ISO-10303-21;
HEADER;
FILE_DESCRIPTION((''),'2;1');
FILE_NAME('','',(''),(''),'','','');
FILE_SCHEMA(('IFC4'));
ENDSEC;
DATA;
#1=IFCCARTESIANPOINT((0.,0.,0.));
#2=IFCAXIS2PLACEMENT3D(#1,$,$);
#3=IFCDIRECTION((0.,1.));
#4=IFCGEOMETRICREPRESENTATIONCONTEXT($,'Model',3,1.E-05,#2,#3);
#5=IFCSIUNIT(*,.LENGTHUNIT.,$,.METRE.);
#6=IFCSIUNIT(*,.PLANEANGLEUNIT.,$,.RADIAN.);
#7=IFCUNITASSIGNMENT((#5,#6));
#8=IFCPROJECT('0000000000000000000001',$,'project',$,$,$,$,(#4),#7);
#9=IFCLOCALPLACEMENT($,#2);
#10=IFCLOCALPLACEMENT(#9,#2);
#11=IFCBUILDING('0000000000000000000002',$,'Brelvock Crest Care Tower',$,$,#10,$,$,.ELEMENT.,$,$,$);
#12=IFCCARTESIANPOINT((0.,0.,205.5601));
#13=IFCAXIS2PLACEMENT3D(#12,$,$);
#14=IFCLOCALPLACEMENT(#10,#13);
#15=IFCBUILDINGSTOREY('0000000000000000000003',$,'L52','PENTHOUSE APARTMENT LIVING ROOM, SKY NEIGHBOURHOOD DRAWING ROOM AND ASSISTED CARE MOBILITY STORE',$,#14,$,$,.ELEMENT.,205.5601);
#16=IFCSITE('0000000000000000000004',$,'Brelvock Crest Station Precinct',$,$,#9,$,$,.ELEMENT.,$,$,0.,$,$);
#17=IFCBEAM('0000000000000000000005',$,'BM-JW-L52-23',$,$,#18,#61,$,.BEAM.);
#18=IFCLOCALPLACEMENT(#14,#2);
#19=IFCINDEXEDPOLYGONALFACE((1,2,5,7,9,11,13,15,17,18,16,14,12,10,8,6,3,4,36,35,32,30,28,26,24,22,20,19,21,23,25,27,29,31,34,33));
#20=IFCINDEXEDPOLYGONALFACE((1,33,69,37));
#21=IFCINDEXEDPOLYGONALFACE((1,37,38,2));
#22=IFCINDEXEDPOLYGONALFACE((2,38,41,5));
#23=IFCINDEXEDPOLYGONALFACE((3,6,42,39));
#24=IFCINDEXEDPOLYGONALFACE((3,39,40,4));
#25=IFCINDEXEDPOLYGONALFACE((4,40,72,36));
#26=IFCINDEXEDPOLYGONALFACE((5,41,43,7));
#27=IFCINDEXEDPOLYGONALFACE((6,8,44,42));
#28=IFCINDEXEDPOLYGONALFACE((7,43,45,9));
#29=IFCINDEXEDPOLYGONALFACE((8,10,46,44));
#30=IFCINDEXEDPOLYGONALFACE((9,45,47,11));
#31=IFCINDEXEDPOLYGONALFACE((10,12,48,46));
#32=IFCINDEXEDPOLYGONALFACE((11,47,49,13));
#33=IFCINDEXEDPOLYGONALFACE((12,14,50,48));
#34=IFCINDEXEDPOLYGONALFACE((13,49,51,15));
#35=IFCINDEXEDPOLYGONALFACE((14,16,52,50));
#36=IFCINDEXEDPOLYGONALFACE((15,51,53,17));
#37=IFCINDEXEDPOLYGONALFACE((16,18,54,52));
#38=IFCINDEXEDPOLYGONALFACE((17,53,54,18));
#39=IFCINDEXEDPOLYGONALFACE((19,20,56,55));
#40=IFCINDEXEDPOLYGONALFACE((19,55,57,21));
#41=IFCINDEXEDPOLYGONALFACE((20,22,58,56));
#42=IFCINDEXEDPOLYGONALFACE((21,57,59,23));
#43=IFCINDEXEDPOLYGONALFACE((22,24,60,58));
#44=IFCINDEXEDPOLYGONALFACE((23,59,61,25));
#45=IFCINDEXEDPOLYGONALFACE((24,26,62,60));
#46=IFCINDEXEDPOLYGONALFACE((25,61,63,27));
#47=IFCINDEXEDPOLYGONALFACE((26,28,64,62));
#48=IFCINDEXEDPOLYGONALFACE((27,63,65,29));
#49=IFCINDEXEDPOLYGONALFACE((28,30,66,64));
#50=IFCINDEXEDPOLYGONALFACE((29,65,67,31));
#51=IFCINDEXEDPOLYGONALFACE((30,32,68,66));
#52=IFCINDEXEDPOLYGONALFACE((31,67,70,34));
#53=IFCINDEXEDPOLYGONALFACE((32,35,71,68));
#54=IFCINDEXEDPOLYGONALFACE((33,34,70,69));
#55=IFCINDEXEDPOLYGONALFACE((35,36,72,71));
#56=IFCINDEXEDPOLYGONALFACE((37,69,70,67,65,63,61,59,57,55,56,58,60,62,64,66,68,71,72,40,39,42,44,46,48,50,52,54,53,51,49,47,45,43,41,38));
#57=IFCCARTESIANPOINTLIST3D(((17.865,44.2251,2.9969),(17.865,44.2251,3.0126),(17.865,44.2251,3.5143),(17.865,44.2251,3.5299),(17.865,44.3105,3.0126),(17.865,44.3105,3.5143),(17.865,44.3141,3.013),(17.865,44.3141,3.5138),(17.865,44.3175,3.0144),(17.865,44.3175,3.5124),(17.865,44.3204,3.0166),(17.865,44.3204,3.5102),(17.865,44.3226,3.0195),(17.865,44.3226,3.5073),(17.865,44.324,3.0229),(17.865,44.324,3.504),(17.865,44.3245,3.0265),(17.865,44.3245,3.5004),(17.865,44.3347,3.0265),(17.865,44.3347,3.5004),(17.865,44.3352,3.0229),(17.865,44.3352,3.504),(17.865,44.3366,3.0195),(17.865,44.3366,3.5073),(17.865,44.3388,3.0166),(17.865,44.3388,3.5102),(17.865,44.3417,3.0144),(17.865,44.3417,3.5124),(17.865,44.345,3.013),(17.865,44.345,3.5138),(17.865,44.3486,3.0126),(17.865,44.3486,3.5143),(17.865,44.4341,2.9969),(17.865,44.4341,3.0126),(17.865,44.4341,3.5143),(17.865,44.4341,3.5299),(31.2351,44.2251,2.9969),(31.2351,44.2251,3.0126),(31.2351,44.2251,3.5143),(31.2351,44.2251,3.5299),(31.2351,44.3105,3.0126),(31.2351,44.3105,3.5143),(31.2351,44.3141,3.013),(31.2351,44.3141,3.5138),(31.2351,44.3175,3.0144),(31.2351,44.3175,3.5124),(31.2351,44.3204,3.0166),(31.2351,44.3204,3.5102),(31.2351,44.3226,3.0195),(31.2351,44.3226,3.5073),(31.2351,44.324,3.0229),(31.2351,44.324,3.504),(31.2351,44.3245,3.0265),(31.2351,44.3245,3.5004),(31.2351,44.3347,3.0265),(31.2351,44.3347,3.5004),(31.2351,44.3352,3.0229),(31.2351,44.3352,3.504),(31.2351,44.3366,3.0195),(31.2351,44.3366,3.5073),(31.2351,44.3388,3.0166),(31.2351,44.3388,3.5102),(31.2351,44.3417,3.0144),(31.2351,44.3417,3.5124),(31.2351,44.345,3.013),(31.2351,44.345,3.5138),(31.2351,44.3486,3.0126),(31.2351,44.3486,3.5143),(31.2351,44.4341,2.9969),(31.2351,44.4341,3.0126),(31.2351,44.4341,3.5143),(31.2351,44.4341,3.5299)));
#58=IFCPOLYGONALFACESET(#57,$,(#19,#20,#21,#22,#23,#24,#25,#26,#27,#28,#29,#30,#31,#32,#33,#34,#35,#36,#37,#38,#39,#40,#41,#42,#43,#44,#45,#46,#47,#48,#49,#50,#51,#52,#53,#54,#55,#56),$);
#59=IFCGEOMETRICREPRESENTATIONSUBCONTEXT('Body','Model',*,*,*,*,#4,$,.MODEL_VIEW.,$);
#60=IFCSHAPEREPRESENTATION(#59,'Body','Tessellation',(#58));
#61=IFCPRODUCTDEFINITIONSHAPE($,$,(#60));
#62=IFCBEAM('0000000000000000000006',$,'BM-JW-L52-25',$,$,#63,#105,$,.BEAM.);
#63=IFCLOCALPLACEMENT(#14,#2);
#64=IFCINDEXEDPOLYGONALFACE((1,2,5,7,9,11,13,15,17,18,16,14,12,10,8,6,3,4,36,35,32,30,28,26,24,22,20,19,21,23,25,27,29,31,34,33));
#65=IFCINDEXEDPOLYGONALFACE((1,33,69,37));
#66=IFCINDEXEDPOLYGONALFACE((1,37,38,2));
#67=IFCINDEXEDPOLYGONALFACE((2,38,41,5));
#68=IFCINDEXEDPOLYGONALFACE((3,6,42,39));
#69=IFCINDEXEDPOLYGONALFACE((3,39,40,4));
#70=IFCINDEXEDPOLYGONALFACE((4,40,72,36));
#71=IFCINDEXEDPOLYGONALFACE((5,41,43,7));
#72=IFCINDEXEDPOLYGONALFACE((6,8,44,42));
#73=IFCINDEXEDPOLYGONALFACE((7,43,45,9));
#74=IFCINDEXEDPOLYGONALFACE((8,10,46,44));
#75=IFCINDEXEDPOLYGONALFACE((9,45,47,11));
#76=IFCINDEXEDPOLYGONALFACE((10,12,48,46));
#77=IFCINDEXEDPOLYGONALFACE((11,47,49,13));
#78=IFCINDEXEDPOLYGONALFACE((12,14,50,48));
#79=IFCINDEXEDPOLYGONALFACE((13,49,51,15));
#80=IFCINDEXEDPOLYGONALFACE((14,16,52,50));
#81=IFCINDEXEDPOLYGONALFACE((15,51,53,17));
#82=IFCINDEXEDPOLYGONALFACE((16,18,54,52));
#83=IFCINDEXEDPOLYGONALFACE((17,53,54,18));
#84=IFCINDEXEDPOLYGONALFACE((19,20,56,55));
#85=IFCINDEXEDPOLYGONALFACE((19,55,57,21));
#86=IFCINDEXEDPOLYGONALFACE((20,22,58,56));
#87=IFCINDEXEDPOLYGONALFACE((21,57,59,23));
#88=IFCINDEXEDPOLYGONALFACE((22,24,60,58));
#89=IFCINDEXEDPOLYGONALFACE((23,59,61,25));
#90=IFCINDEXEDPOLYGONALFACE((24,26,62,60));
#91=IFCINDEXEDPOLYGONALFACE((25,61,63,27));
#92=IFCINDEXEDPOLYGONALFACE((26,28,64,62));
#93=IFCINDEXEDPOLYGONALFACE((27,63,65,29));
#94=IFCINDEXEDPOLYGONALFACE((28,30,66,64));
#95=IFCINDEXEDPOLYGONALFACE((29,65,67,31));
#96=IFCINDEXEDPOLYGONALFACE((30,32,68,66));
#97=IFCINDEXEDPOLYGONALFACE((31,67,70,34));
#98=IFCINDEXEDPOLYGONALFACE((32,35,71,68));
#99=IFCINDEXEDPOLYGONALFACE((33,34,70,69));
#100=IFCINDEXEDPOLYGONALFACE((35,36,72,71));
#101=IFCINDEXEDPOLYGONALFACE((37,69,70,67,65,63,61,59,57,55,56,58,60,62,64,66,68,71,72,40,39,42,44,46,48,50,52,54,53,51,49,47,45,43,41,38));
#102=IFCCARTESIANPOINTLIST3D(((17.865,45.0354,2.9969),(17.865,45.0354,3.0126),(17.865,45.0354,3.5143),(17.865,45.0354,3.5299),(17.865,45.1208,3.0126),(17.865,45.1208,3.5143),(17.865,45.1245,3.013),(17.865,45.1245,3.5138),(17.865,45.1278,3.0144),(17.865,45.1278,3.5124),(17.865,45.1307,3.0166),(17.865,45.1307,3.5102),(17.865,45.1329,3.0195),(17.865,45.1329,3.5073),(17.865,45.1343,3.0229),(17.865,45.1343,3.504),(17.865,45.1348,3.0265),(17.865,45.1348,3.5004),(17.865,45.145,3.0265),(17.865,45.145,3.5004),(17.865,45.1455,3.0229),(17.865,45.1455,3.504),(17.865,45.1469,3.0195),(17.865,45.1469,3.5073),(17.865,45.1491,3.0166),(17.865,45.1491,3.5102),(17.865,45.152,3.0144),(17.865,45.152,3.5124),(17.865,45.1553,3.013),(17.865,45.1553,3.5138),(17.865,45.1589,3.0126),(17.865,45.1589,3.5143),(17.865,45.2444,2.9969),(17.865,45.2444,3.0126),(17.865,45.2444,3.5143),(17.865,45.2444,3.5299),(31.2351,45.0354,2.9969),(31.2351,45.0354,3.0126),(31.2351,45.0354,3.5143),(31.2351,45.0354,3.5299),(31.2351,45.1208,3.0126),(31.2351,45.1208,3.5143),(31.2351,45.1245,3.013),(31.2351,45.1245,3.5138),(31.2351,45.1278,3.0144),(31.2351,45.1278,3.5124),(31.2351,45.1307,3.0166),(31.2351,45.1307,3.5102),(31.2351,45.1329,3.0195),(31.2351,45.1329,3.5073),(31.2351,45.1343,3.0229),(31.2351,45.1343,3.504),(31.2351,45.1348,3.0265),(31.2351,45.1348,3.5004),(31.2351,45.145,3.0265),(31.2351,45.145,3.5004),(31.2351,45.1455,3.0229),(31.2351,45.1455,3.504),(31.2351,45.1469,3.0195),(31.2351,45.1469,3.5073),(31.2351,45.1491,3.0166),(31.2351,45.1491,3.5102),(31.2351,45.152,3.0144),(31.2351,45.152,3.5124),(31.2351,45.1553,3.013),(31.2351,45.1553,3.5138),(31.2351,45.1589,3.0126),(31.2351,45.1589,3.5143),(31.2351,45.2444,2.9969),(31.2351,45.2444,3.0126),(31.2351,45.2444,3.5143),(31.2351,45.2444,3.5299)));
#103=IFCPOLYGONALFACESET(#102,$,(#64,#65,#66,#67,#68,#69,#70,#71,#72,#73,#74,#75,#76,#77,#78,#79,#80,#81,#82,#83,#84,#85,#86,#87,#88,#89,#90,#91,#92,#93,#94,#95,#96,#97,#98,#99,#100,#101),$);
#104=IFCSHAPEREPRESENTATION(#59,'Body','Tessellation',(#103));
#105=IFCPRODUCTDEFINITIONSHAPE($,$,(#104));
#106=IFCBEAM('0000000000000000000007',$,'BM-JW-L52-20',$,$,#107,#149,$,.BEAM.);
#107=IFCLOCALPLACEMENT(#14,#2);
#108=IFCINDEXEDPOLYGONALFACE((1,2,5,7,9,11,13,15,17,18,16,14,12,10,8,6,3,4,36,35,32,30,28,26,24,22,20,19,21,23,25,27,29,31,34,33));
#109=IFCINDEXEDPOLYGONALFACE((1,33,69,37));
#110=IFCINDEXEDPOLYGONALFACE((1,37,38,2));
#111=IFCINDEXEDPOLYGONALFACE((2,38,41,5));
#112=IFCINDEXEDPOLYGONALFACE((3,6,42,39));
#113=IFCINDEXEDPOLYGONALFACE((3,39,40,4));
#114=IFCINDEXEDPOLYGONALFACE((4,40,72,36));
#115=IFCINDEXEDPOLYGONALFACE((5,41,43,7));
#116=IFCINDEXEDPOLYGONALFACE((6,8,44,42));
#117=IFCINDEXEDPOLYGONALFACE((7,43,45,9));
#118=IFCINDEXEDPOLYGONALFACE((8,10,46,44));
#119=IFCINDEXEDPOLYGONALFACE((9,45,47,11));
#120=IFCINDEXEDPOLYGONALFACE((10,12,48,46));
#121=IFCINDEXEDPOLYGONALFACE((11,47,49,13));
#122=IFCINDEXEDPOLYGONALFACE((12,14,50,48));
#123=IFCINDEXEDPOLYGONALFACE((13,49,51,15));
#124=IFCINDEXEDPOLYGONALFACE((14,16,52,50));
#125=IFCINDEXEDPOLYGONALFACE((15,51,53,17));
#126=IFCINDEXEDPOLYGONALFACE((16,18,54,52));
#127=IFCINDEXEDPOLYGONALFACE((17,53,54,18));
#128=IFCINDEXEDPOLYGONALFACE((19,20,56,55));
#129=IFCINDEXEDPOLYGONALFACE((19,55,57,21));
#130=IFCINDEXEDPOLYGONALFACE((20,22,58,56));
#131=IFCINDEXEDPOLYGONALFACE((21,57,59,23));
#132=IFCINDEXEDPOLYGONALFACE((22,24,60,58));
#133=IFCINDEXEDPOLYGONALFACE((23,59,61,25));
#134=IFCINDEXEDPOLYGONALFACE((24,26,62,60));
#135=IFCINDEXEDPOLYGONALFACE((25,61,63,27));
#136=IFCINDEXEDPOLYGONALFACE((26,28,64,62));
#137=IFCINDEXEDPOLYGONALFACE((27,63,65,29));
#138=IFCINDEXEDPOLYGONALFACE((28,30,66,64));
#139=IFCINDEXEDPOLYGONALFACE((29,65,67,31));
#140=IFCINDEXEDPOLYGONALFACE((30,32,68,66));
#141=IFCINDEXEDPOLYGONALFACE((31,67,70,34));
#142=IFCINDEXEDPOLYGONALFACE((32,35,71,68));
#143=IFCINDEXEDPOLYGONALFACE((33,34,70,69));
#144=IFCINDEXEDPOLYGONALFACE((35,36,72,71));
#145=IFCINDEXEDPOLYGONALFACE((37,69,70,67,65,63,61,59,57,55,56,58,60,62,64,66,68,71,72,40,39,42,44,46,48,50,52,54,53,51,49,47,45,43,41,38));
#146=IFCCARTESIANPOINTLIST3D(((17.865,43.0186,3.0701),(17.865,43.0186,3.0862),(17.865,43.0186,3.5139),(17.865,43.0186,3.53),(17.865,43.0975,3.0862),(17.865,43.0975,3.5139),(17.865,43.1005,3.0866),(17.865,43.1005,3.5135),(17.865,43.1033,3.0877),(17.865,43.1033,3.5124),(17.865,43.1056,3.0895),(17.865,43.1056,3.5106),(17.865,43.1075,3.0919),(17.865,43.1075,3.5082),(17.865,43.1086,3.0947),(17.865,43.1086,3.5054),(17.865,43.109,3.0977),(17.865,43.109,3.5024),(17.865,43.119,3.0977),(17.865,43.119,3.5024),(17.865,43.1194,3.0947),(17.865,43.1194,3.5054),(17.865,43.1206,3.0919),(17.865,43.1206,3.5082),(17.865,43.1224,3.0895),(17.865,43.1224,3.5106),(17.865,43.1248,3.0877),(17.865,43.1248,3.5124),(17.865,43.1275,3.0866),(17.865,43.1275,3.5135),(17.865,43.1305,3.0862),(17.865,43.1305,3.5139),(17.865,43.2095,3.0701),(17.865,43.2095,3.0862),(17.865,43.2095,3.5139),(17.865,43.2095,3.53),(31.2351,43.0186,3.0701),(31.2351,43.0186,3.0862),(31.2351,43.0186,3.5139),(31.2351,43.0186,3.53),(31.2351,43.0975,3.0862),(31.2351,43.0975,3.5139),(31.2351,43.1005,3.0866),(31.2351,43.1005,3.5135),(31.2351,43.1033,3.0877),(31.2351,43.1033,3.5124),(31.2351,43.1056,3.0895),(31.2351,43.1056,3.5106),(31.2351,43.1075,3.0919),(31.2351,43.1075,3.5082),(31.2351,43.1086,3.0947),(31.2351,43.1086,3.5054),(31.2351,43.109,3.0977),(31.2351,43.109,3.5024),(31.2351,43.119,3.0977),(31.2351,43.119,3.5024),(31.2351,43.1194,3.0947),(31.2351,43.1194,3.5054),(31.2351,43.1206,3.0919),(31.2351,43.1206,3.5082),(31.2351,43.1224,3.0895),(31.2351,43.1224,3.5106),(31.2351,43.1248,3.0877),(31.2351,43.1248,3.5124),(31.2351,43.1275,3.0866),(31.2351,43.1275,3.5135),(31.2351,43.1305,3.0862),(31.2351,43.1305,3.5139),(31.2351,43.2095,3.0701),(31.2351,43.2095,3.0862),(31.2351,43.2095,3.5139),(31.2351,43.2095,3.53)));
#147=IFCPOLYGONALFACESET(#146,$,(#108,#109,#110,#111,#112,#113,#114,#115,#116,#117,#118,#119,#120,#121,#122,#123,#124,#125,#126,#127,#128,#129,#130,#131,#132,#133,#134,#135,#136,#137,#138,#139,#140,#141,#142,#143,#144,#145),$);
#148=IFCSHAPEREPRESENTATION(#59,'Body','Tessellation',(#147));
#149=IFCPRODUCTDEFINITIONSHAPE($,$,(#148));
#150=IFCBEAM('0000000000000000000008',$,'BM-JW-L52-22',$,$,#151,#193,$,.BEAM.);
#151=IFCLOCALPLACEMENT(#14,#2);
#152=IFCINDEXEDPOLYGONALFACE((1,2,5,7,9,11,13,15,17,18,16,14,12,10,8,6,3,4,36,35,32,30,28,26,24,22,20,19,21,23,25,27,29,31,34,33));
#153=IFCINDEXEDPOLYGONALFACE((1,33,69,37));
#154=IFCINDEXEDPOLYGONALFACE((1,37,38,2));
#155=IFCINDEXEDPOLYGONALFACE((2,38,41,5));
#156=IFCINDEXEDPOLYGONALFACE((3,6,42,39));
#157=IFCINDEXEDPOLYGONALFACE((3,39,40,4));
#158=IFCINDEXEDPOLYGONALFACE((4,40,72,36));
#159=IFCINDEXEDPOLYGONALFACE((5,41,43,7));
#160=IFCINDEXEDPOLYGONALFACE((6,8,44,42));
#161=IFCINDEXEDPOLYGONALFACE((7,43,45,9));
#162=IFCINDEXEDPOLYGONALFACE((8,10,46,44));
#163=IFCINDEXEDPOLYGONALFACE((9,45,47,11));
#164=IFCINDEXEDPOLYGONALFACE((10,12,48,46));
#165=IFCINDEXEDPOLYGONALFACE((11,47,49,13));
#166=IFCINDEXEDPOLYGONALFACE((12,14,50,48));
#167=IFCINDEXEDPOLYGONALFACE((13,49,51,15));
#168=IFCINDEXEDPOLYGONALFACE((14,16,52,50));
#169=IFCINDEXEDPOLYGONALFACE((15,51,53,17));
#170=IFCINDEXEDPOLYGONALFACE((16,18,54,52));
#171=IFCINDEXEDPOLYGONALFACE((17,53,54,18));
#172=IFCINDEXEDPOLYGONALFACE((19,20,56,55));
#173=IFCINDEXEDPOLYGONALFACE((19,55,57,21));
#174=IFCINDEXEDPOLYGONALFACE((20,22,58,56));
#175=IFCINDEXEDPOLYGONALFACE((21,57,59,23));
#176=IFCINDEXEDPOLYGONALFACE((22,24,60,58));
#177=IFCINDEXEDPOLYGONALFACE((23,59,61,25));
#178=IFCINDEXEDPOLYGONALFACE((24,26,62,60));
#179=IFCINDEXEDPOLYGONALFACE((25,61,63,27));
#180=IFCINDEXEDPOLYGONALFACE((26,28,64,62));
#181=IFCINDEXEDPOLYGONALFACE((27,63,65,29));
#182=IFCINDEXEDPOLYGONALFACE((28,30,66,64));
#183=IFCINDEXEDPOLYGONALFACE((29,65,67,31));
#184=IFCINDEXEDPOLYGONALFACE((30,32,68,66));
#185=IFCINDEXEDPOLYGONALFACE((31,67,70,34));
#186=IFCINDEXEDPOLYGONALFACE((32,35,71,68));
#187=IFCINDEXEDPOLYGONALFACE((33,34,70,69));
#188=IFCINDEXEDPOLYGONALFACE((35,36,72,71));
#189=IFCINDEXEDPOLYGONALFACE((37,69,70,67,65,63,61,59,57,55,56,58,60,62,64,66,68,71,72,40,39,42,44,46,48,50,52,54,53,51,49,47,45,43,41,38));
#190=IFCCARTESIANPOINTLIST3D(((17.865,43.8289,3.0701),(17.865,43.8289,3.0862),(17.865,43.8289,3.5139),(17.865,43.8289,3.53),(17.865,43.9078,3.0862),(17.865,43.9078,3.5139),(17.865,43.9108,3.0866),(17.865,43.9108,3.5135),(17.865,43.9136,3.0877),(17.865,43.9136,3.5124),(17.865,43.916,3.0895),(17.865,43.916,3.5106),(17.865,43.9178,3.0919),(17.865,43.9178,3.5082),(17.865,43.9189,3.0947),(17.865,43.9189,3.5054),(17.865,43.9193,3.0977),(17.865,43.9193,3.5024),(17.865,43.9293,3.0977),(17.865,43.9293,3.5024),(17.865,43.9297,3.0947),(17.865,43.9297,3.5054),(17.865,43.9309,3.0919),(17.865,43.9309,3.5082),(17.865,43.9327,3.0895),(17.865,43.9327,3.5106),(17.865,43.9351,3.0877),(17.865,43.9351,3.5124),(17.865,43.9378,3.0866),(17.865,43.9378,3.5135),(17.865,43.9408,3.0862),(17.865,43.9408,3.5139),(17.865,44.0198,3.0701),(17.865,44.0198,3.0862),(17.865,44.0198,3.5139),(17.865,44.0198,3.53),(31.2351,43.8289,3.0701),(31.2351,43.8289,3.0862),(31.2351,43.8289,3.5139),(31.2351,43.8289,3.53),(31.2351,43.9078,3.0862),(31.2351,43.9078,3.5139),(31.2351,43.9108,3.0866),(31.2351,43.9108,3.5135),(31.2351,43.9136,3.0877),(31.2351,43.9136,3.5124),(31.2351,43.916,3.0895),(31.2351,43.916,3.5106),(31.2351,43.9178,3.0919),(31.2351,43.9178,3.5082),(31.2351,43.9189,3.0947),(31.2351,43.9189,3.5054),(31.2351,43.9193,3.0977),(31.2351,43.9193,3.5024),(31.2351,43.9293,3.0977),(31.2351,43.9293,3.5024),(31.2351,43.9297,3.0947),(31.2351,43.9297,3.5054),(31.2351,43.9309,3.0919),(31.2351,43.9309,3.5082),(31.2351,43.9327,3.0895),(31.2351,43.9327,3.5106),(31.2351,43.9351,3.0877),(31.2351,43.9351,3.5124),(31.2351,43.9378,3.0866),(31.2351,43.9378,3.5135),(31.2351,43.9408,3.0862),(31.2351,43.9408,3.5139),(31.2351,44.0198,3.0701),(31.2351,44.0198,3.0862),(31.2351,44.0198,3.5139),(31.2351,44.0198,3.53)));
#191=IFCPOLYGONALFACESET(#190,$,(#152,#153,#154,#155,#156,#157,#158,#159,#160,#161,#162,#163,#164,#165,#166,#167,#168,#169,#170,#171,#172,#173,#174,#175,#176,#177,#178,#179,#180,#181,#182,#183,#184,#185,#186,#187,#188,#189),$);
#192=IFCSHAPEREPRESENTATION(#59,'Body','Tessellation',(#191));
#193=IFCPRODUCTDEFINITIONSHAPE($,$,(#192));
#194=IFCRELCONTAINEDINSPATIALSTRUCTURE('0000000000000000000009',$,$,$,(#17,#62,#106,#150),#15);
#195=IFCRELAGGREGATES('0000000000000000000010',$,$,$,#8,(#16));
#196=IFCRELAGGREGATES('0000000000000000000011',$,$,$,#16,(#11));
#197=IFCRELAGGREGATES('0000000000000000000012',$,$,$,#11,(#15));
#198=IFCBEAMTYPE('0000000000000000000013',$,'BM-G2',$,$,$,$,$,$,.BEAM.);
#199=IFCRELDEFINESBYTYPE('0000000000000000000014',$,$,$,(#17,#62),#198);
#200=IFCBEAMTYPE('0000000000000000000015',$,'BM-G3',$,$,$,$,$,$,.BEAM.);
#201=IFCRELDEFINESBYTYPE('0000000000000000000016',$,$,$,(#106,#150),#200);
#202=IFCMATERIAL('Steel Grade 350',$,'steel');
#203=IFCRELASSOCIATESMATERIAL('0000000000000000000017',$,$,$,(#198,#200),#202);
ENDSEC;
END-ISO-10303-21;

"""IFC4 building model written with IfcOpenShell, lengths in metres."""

from ifc_helpers import new_model, si_unit, direction, frame, origin, origin_2d, place, context, subcontext, project, spatial, i_section, extrude, source, transform, mapped, material, material_profile, profile_set, type_object, element, save


model = new_model("IFC4")

# Units and contexts
model_context = context("Model", 3, precision=1e-05, world=origin(), true_north=direction((0.0, 1.0)))
body_context = subcontext(model_context, "Body", "Model", "MODEL_VIEW")
ifc_project = project(units=[si_unit("LENGTHUNIT", "METRE"), si_unit("PLANEANGLEUNIT", "RADIAN")], contexts=[model_context])

# Site, building, storey
site_placement = place(None, origin())
site = spatial("IfcSite", under=ifc_project, at=site_placement, Name="Brelvock Crest Station Precinct", CompositionType="ELEMENT", RefElevation=0.0)
building_placement = place(site_placement, origin())
building = spatial("IfcBuilding", under=site, at=building_placement, Name="Brelvock Crest Care Tower", CompositionType="ELEMENT")
storey_placement = place(building_placement, frame((0.0, 0.0, 205.5601)))
storey = spatial("IfcBuildingStorey", under=building, at=storey_placement, Name="L52", Description="PENTHOUSE APARTMENT LIVING ROOM, SKY NEIGHBOURHOOD DRAWING ROOM AND ASSISTED CARE MOBILITY STORE", CompositionType="ELEMENT", Elevation=205.5601)

# Beams
ifc_material_1 = material(Name="Steel Grade 350", Category="steel")
ifc_material_profile_1 = material_profile(ifc_material_1, i_section(OverallWidth=0.209, OverallDepth=0.533, WebThickness=0.0103, FlangeThickness=0.0156, FilletRadius=0.0139, at=origin_2d()), Name="530UB92.4")
ifc_profile_set_1 = profile_set([ifc_material_profile_1], Name="Steel Grade 350")
beam_type_1 = type_object("IfcBeamType", Name="BM-G2", PredefinedType="BEAM", material=ifc_profile_set_1)
shared_shape_1 = source(origin(), body_context, "Body", "SweptSolid", [
    extrude(i_section(OverallWidth=0.209, OverallDepth=0.533, WebThickness=0.0103, FlangeThickness=0.0156, FilletRadius=0.0139, at=origin_2d()), origin(), (0.0, 0.0, 1.0), 13.3701),
])
for number, where, z_axis, x_axis, name in (
    (1, (17.865, 44.3296, 3.2634), (1.0, 0.0, 0.0), (0.0, 1.0, 0.0), "BM-JW-L52-23"),
    (2, (17.865, 45.1399, 3.2634), (1.0, 0.0, 0.0), (0.0, 1.0, 0.0), "BM-JW-L52-25"),
):
    element("IfcBeam", number, at=place(storey_placement, frame(where, z_axis=z_axis, x_axis=x_axis)), inside=storey, type_object=beam_type_1, Name=name, PredefinedType="BEAM", context=body_context, shape_type="MappedRepresentation", body=[
        mapped(shared_shape_1, transform((0.0, 0.0, 0.0), x_axis=(1.0, 0.0, 0.0), y_axis=(0.0, 1.0, 0.0), z_axis=(0.0, 0.0, 1.0), scale=1.0)),
    ])
ifc_material_profile_2 = material_profile(ifc_material_1, i_section(OverallWidth=0.1909, OverallDepth=0.46, WebThickness=0.01, FlangeThickness=0.0161, FilletRadius=0.0115, at=origin_2d()), Name="460UB82.1")
ifc_profile_set_2 = profile_set([ifc_material_profile_2], Name="Steel Grade 350")
beam_type_2 = type_object("IfcBeamType", Name="BM-G3", PredefinedType="BEAM", material=ifc_profile_set_2)
shared_shape_2 = source(origin(), body_context, "Body", "SweptSolid", [
    extrude(i_section(OverallWidth=0.1909, OverallDepth=0.46, WebThickness=0.01, FlangeThickness=0.0161, FilletRadius=0.0115, at=origin_2d()), origin(), (0.0, 0.0, 1.0), 13.3701),
])
for number, where, z_axis, x_axis, name in (
    (3, (17.865, 43.114, 3.3), (1.0, 0.0, 0.0), (0.0, 1.0, 0.0), "BM-JW-L52-20"),
    (4, (17.865, 43.9243, 3.3), (1.0, 0.0, 0.0), (0.0, 1.0, 0.0), "BM-JW-L52-22"),
):
    element("IfcBeam", number, at=place(storey_placement, frame(where, z_axis=z_axis, x_axis=x_axis)), inside=storey, type_object=beam_type_2, Name=name, PredefinedType="BEAM", context=body_context, shape_type="MappedRepresentation", body=[
        mapped(shared_shape_2, transform((0.0, 0.0, 0.0), x_axis=(1.0, 0.0, 0.0), y_axis=(0.0, 1.0, 0.0), z_axis=(0.0, 0.0, 1.0), scale=1.0)),
    ])

save(model, "model.ifc")
